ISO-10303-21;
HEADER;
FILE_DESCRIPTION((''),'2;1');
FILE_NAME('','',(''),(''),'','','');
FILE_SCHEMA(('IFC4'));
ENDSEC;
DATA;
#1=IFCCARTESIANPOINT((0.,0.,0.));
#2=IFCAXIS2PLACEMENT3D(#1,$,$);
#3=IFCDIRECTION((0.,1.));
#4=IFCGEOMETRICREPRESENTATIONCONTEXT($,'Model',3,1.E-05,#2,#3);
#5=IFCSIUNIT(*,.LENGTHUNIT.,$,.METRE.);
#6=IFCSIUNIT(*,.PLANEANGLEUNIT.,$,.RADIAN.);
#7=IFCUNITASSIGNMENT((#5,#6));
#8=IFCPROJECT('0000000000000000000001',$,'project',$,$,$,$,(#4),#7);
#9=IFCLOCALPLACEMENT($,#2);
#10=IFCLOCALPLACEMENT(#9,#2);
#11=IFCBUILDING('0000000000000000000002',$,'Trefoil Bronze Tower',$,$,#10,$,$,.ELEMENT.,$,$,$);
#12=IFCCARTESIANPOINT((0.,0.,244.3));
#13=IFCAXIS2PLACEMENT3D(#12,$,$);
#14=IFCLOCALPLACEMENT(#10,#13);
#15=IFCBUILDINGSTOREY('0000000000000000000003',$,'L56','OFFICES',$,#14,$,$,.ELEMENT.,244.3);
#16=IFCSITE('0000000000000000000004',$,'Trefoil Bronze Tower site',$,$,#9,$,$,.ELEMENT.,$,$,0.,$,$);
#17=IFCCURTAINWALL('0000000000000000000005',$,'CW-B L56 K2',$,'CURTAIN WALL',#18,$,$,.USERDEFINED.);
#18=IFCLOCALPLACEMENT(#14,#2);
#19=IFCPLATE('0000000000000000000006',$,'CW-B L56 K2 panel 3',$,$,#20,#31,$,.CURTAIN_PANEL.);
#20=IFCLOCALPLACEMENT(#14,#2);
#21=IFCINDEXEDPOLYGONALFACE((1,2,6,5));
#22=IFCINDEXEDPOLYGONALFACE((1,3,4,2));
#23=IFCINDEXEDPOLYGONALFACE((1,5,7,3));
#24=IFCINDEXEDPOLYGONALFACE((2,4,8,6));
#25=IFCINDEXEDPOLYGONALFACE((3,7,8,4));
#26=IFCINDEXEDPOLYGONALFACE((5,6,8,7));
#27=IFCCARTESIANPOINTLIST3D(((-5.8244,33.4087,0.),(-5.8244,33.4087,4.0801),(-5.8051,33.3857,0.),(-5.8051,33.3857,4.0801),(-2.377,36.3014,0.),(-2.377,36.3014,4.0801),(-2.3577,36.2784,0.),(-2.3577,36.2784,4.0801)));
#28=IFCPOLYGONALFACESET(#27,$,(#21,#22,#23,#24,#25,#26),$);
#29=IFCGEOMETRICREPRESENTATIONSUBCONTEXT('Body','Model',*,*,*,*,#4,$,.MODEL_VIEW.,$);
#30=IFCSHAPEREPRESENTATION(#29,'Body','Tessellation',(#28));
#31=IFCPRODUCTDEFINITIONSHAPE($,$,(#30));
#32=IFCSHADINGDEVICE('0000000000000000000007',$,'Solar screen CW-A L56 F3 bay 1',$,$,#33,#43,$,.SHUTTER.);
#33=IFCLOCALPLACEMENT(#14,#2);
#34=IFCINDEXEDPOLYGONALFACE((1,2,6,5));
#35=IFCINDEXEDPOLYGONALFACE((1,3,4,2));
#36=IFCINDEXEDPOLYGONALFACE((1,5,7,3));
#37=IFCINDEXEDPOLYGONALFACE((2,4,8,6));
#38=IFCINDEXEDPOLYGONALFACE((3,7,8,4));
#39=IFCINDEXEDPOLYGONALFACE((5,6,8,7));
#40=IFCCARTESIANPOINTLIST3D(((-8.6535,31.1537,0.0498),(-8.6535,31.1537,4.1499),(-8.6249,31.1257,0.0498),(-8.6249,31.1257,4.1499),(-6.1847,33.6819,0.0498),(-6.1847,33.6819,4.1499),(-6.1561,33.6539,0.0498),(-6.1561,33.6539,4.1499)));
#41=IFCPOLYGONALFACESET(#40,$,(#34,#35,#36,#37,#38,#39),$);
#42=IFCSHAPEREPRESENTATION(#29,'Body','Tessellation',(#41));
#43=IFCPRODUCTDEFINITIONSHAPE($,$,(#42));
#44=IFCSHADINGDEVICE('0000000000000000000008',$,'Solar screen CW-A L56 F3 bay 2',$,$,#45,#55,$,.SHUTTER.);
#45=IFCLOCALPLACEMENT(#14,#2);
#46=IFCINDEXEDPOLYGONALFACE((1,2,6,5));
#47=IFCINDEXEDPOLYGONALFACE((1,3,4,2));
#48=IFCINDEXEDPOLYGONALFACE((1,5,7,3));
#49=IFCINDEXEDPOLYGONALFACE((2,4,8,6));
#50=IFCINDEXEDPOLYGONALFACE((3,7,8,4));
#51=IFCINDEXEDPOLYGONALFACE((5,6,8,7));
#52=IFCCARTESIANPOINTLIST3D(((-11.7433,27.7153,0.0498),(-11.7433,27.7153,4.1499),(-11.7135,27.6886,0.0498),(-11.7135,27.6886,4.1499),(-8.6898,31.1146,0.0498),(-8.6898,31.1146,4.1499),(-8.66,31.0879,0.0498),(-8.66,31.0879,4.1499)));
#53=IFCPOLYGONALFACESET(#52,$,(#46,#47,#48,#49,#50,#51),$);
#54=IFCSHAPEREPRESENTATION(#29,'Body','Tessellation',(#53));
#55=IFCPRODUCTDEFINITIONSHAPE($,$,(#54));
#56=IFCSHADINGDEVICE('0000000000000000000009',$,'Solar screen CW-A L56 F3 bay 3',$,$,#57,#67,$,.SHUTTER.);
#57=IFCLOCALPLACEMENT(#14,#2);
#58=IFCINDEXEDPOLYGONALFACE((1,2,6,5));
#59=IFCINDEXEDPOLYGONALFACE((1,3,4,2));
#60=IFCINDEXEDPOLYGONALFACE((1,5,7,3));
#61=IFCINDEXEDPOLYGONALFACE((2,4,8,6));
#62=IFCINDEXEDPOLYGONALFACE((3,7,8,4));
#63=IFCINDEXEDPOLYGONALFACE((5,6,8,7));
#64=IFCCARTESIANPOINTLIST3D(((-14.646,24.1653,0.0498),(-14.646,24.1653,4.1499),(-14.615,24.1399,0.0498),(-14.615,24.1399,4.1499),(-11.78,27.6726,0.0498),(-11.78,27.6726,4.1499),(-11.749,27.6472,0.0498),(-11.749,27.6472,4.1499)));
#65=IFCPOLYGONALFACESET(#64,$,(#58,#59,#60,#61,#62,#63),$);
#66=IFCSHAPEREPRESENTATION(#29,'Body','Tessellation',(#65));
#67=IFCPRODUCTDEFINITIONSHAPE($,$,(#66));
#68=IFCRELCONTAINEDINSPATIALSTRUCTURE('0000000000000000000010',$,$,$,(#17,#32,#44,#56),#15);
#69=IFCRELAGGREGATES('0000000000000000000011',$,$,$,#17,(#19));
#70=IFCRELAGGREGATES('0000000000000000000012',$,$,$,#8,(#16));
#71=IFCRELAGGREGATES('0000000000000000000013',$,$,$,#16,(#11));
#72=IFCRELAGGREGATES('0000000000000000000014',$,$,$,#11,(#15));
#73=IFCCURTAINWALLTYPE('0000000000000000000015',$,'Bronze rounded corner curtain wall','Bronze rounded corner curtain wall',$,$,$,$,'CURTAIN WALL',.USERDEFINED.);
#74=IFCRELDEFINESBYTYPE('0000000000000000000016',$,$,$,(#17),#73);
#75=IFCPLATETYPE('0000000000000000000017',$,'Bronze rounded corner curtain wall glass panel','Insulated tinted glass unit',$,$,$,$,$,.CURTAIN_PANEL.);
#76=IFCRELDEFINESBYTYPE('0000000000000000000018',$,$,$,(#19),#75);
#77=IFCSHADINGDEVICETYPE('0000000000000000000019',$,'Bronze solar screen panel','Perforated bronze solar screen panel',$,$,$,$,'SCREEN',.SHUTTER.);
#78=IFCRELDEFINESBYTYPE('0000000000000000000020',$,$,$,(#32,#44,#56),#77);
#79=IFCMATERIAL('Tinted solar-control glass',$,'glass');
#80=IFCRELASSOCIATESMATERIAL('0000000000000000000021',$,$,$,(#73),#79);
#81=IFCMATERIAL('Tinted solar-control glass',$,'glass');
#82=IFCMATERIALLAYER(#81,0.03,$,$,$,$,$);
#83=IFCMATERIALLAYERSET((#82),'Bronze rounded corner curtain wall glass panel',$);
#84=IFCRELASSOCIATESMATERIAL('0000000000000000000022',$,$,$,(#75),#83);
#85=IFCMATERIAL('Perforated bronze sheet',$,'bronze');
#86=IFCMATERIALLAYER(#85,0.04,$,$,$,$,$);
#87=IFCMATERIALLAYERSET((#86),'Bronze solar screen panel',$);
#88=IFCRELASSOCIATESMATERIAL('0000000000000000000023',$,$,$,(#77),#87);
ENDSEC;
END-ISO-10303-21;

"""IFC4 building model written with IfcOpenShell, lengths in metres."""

from ifc_helpers import new_model, si_unit, direction, frame, origin, origin_2d, place, context, subcontext, project, spatial, rectangle, extrude, material, layer, layer_set, type_object, element, aggregate, save


model = new_model("IFC4")

# Units and contexts
model_context = context("Model", 3, precision=1e-05, world=origin(), true_north=direction((0.0, 1.0)))
body_context = subcontext(model_context, "Body", "Model", "MODEL_VIEW")
ifc_project = project(units=[si_unit("LENGTHUNIT", "METRE"), si_unit("PLANEANGLEUNIT", "RADIAN")], contexts=[model_context])

# Site, building, storey
site_placement = place(None, origin())
site = spatial("IfcSite", under=ifc_project, at=site_placement, Name="Trefoil Bronze Tower site", CompositionType="ELEMENT", RefElevation=0.0)
building_placement = place(site_placement, origin())
building = spatial("IfcBuilding", under=site, at=building_placement, Name="Trefoil Bronze Tower", CompositionType="ELEMENT")
storey_placement = place(building_placement, frame((0.0, 0.0, 244.3)))
storey = spatial("IfcBuildingStorey", under=building, at=storey_placement, Name="L56", Description="OFFICES", CompositionType="ELEMENT", Elevation=244.3)

# Curtain wall
ifc_material_1 = material(Name="Tinted solar-control glass", Category="glass")
curtain_wall_type_1 = type_object("IfcCurtainWallType", Name="Bronze rounded corner curtain wall", Description="Bronze rounded corner curtain wall", ElementType="CURTAIN WALL", PredefinedType="USERDEFINED", material=ifc_material_1)
curtain_wall_1_placement = place(storey_placement, origin())
curtain_wall_1 = element("IfcCurtainWall", 1, at=curtain_wall_1_placement, inside=storey, type_object=curtain_wall_type_1, Name="CW-B L56 K2", ObjectType="CURTAIN WALL", PredefinedType="USERDEFINED")

# Plate
ifc_material_2 = material(Name="Tinted solar-control glass", Category="glass")
ifc_layer_1 = layer(ifc_material_2, 0.03)
ifc_layer_set_1 = layer_set([ifc_layer_1], Name="Bronze rounded corner curtain wall glass panel")
plate_type_1 = type_object("IfcPlateType", Name="Bronze rounded corner curtain wall glass panel", Description="Insulated tinted glass unit", PredefinedType="CURTAIN_PANEL", material=ifc_layer_set_1)
plate_1_placement = place(storey_placement, frame((-4.0911, 34.8435, 0.0), z_axis=(0.0, 0.0, 1.0), x_axis=(-0.766044, -0.642788, 0.0)))
plate_1 = element("IfcPlate", 2, at=plate_1_placement, type_object=plate_type_1, Name="CW-B L56 K2 panel 3", PredefinedType="CURTAIN_PANEL", context=body_context, shape_type="SweptSolid", body=[
    extrude(rectangle(XDim=4.5002, YDim=0.03, at=origin_2d()), origin(), (0.0, 0.0, 1.0), 4.0801),
])
aggregate(curtain_wall_1, [plate_1])

# Shading devices
ifc_material_3 = material(Name="Perforated bronze sheet", Category="bronze")
ifc_layer_2 = layer(ifc_material_3, 0.04)
ifc_layer_set_2 = layer_set([ifc_layer_2], Name="Bronze solar screen panel")
shading_device_type = type_object("IfcShadingDeviceType", Name="Bronze solar screen panel", Description="Perforated bronze solar screen panel", ElementType="SCREEN", PredefinedType="SHUTTER", material=ifc_layer_set_2)
shading_device_1_placement = place(storey_placement, frame((-7.4048, 32.4038, 0.0498), z_axis=(0.0, 0.0, 1.0), x_axis=(-0.698652, -0.715462, 0.0)))
element("IfcShadingDevice", 3, at=shading_device_1_placement, inside=storey, type_object=shading_device_type, Name="Solar screen CW-A L56 F3 bay 1", PredefinedType="SHUTTER", context=body_context, shape_type="SweptSolid", body=[
    extrude(rectangle(XDim=3.5337, YDim=0.04, at=origin_2d()), origin(), (0.0, 0.0, 1.0), 4.1001),
])
shading_device_2_placement = place(storey_placement, frame((-10.2017, 29.4016, 0.0498), z_axis=(0.0, 0.0, 1.0), x_axis=(-0.668246, -0.743941, 0.0)))
element("IfcShadingDevice", 4, at=shading_device_2_placement, inside=storey, type_object=shading_device_type, Name="Solar screen CW-A L56 F3 bay 2", PredefinedType="SHUTTER", context=body_context, shape_type="SweptSolid", body=[
    extrude(rectangle(XDim=4.5693, YDim=0.04, at=origin_2d()), origin(), (0.0, 0.0, 1.0), 4.1001),
])
shading_device_3_placement = place(storey_placement, frame((-13.1975, 25.9062, 0.0498), z_axis=(0.0, 0.0, 1.0), x_axis=(-0.632753, -0.774354, 0.0)))
element("IfcShadingDevice", 5, at=shading_device_3_placement, inside=storey, type_object=shading_device_type, Name="Solar screen CW-A L56 F3 bay 3", PredefinedType="SHUTTER", context=body_context, shape_type="SweptSolid", body=[
    extrude(rectangle(XDim=4.5293, YDim=0.04, at=origin_2d()), origin(), (0.0, 0.0, 1.0), 4.1001),
])

save(model, "model.ifc")
